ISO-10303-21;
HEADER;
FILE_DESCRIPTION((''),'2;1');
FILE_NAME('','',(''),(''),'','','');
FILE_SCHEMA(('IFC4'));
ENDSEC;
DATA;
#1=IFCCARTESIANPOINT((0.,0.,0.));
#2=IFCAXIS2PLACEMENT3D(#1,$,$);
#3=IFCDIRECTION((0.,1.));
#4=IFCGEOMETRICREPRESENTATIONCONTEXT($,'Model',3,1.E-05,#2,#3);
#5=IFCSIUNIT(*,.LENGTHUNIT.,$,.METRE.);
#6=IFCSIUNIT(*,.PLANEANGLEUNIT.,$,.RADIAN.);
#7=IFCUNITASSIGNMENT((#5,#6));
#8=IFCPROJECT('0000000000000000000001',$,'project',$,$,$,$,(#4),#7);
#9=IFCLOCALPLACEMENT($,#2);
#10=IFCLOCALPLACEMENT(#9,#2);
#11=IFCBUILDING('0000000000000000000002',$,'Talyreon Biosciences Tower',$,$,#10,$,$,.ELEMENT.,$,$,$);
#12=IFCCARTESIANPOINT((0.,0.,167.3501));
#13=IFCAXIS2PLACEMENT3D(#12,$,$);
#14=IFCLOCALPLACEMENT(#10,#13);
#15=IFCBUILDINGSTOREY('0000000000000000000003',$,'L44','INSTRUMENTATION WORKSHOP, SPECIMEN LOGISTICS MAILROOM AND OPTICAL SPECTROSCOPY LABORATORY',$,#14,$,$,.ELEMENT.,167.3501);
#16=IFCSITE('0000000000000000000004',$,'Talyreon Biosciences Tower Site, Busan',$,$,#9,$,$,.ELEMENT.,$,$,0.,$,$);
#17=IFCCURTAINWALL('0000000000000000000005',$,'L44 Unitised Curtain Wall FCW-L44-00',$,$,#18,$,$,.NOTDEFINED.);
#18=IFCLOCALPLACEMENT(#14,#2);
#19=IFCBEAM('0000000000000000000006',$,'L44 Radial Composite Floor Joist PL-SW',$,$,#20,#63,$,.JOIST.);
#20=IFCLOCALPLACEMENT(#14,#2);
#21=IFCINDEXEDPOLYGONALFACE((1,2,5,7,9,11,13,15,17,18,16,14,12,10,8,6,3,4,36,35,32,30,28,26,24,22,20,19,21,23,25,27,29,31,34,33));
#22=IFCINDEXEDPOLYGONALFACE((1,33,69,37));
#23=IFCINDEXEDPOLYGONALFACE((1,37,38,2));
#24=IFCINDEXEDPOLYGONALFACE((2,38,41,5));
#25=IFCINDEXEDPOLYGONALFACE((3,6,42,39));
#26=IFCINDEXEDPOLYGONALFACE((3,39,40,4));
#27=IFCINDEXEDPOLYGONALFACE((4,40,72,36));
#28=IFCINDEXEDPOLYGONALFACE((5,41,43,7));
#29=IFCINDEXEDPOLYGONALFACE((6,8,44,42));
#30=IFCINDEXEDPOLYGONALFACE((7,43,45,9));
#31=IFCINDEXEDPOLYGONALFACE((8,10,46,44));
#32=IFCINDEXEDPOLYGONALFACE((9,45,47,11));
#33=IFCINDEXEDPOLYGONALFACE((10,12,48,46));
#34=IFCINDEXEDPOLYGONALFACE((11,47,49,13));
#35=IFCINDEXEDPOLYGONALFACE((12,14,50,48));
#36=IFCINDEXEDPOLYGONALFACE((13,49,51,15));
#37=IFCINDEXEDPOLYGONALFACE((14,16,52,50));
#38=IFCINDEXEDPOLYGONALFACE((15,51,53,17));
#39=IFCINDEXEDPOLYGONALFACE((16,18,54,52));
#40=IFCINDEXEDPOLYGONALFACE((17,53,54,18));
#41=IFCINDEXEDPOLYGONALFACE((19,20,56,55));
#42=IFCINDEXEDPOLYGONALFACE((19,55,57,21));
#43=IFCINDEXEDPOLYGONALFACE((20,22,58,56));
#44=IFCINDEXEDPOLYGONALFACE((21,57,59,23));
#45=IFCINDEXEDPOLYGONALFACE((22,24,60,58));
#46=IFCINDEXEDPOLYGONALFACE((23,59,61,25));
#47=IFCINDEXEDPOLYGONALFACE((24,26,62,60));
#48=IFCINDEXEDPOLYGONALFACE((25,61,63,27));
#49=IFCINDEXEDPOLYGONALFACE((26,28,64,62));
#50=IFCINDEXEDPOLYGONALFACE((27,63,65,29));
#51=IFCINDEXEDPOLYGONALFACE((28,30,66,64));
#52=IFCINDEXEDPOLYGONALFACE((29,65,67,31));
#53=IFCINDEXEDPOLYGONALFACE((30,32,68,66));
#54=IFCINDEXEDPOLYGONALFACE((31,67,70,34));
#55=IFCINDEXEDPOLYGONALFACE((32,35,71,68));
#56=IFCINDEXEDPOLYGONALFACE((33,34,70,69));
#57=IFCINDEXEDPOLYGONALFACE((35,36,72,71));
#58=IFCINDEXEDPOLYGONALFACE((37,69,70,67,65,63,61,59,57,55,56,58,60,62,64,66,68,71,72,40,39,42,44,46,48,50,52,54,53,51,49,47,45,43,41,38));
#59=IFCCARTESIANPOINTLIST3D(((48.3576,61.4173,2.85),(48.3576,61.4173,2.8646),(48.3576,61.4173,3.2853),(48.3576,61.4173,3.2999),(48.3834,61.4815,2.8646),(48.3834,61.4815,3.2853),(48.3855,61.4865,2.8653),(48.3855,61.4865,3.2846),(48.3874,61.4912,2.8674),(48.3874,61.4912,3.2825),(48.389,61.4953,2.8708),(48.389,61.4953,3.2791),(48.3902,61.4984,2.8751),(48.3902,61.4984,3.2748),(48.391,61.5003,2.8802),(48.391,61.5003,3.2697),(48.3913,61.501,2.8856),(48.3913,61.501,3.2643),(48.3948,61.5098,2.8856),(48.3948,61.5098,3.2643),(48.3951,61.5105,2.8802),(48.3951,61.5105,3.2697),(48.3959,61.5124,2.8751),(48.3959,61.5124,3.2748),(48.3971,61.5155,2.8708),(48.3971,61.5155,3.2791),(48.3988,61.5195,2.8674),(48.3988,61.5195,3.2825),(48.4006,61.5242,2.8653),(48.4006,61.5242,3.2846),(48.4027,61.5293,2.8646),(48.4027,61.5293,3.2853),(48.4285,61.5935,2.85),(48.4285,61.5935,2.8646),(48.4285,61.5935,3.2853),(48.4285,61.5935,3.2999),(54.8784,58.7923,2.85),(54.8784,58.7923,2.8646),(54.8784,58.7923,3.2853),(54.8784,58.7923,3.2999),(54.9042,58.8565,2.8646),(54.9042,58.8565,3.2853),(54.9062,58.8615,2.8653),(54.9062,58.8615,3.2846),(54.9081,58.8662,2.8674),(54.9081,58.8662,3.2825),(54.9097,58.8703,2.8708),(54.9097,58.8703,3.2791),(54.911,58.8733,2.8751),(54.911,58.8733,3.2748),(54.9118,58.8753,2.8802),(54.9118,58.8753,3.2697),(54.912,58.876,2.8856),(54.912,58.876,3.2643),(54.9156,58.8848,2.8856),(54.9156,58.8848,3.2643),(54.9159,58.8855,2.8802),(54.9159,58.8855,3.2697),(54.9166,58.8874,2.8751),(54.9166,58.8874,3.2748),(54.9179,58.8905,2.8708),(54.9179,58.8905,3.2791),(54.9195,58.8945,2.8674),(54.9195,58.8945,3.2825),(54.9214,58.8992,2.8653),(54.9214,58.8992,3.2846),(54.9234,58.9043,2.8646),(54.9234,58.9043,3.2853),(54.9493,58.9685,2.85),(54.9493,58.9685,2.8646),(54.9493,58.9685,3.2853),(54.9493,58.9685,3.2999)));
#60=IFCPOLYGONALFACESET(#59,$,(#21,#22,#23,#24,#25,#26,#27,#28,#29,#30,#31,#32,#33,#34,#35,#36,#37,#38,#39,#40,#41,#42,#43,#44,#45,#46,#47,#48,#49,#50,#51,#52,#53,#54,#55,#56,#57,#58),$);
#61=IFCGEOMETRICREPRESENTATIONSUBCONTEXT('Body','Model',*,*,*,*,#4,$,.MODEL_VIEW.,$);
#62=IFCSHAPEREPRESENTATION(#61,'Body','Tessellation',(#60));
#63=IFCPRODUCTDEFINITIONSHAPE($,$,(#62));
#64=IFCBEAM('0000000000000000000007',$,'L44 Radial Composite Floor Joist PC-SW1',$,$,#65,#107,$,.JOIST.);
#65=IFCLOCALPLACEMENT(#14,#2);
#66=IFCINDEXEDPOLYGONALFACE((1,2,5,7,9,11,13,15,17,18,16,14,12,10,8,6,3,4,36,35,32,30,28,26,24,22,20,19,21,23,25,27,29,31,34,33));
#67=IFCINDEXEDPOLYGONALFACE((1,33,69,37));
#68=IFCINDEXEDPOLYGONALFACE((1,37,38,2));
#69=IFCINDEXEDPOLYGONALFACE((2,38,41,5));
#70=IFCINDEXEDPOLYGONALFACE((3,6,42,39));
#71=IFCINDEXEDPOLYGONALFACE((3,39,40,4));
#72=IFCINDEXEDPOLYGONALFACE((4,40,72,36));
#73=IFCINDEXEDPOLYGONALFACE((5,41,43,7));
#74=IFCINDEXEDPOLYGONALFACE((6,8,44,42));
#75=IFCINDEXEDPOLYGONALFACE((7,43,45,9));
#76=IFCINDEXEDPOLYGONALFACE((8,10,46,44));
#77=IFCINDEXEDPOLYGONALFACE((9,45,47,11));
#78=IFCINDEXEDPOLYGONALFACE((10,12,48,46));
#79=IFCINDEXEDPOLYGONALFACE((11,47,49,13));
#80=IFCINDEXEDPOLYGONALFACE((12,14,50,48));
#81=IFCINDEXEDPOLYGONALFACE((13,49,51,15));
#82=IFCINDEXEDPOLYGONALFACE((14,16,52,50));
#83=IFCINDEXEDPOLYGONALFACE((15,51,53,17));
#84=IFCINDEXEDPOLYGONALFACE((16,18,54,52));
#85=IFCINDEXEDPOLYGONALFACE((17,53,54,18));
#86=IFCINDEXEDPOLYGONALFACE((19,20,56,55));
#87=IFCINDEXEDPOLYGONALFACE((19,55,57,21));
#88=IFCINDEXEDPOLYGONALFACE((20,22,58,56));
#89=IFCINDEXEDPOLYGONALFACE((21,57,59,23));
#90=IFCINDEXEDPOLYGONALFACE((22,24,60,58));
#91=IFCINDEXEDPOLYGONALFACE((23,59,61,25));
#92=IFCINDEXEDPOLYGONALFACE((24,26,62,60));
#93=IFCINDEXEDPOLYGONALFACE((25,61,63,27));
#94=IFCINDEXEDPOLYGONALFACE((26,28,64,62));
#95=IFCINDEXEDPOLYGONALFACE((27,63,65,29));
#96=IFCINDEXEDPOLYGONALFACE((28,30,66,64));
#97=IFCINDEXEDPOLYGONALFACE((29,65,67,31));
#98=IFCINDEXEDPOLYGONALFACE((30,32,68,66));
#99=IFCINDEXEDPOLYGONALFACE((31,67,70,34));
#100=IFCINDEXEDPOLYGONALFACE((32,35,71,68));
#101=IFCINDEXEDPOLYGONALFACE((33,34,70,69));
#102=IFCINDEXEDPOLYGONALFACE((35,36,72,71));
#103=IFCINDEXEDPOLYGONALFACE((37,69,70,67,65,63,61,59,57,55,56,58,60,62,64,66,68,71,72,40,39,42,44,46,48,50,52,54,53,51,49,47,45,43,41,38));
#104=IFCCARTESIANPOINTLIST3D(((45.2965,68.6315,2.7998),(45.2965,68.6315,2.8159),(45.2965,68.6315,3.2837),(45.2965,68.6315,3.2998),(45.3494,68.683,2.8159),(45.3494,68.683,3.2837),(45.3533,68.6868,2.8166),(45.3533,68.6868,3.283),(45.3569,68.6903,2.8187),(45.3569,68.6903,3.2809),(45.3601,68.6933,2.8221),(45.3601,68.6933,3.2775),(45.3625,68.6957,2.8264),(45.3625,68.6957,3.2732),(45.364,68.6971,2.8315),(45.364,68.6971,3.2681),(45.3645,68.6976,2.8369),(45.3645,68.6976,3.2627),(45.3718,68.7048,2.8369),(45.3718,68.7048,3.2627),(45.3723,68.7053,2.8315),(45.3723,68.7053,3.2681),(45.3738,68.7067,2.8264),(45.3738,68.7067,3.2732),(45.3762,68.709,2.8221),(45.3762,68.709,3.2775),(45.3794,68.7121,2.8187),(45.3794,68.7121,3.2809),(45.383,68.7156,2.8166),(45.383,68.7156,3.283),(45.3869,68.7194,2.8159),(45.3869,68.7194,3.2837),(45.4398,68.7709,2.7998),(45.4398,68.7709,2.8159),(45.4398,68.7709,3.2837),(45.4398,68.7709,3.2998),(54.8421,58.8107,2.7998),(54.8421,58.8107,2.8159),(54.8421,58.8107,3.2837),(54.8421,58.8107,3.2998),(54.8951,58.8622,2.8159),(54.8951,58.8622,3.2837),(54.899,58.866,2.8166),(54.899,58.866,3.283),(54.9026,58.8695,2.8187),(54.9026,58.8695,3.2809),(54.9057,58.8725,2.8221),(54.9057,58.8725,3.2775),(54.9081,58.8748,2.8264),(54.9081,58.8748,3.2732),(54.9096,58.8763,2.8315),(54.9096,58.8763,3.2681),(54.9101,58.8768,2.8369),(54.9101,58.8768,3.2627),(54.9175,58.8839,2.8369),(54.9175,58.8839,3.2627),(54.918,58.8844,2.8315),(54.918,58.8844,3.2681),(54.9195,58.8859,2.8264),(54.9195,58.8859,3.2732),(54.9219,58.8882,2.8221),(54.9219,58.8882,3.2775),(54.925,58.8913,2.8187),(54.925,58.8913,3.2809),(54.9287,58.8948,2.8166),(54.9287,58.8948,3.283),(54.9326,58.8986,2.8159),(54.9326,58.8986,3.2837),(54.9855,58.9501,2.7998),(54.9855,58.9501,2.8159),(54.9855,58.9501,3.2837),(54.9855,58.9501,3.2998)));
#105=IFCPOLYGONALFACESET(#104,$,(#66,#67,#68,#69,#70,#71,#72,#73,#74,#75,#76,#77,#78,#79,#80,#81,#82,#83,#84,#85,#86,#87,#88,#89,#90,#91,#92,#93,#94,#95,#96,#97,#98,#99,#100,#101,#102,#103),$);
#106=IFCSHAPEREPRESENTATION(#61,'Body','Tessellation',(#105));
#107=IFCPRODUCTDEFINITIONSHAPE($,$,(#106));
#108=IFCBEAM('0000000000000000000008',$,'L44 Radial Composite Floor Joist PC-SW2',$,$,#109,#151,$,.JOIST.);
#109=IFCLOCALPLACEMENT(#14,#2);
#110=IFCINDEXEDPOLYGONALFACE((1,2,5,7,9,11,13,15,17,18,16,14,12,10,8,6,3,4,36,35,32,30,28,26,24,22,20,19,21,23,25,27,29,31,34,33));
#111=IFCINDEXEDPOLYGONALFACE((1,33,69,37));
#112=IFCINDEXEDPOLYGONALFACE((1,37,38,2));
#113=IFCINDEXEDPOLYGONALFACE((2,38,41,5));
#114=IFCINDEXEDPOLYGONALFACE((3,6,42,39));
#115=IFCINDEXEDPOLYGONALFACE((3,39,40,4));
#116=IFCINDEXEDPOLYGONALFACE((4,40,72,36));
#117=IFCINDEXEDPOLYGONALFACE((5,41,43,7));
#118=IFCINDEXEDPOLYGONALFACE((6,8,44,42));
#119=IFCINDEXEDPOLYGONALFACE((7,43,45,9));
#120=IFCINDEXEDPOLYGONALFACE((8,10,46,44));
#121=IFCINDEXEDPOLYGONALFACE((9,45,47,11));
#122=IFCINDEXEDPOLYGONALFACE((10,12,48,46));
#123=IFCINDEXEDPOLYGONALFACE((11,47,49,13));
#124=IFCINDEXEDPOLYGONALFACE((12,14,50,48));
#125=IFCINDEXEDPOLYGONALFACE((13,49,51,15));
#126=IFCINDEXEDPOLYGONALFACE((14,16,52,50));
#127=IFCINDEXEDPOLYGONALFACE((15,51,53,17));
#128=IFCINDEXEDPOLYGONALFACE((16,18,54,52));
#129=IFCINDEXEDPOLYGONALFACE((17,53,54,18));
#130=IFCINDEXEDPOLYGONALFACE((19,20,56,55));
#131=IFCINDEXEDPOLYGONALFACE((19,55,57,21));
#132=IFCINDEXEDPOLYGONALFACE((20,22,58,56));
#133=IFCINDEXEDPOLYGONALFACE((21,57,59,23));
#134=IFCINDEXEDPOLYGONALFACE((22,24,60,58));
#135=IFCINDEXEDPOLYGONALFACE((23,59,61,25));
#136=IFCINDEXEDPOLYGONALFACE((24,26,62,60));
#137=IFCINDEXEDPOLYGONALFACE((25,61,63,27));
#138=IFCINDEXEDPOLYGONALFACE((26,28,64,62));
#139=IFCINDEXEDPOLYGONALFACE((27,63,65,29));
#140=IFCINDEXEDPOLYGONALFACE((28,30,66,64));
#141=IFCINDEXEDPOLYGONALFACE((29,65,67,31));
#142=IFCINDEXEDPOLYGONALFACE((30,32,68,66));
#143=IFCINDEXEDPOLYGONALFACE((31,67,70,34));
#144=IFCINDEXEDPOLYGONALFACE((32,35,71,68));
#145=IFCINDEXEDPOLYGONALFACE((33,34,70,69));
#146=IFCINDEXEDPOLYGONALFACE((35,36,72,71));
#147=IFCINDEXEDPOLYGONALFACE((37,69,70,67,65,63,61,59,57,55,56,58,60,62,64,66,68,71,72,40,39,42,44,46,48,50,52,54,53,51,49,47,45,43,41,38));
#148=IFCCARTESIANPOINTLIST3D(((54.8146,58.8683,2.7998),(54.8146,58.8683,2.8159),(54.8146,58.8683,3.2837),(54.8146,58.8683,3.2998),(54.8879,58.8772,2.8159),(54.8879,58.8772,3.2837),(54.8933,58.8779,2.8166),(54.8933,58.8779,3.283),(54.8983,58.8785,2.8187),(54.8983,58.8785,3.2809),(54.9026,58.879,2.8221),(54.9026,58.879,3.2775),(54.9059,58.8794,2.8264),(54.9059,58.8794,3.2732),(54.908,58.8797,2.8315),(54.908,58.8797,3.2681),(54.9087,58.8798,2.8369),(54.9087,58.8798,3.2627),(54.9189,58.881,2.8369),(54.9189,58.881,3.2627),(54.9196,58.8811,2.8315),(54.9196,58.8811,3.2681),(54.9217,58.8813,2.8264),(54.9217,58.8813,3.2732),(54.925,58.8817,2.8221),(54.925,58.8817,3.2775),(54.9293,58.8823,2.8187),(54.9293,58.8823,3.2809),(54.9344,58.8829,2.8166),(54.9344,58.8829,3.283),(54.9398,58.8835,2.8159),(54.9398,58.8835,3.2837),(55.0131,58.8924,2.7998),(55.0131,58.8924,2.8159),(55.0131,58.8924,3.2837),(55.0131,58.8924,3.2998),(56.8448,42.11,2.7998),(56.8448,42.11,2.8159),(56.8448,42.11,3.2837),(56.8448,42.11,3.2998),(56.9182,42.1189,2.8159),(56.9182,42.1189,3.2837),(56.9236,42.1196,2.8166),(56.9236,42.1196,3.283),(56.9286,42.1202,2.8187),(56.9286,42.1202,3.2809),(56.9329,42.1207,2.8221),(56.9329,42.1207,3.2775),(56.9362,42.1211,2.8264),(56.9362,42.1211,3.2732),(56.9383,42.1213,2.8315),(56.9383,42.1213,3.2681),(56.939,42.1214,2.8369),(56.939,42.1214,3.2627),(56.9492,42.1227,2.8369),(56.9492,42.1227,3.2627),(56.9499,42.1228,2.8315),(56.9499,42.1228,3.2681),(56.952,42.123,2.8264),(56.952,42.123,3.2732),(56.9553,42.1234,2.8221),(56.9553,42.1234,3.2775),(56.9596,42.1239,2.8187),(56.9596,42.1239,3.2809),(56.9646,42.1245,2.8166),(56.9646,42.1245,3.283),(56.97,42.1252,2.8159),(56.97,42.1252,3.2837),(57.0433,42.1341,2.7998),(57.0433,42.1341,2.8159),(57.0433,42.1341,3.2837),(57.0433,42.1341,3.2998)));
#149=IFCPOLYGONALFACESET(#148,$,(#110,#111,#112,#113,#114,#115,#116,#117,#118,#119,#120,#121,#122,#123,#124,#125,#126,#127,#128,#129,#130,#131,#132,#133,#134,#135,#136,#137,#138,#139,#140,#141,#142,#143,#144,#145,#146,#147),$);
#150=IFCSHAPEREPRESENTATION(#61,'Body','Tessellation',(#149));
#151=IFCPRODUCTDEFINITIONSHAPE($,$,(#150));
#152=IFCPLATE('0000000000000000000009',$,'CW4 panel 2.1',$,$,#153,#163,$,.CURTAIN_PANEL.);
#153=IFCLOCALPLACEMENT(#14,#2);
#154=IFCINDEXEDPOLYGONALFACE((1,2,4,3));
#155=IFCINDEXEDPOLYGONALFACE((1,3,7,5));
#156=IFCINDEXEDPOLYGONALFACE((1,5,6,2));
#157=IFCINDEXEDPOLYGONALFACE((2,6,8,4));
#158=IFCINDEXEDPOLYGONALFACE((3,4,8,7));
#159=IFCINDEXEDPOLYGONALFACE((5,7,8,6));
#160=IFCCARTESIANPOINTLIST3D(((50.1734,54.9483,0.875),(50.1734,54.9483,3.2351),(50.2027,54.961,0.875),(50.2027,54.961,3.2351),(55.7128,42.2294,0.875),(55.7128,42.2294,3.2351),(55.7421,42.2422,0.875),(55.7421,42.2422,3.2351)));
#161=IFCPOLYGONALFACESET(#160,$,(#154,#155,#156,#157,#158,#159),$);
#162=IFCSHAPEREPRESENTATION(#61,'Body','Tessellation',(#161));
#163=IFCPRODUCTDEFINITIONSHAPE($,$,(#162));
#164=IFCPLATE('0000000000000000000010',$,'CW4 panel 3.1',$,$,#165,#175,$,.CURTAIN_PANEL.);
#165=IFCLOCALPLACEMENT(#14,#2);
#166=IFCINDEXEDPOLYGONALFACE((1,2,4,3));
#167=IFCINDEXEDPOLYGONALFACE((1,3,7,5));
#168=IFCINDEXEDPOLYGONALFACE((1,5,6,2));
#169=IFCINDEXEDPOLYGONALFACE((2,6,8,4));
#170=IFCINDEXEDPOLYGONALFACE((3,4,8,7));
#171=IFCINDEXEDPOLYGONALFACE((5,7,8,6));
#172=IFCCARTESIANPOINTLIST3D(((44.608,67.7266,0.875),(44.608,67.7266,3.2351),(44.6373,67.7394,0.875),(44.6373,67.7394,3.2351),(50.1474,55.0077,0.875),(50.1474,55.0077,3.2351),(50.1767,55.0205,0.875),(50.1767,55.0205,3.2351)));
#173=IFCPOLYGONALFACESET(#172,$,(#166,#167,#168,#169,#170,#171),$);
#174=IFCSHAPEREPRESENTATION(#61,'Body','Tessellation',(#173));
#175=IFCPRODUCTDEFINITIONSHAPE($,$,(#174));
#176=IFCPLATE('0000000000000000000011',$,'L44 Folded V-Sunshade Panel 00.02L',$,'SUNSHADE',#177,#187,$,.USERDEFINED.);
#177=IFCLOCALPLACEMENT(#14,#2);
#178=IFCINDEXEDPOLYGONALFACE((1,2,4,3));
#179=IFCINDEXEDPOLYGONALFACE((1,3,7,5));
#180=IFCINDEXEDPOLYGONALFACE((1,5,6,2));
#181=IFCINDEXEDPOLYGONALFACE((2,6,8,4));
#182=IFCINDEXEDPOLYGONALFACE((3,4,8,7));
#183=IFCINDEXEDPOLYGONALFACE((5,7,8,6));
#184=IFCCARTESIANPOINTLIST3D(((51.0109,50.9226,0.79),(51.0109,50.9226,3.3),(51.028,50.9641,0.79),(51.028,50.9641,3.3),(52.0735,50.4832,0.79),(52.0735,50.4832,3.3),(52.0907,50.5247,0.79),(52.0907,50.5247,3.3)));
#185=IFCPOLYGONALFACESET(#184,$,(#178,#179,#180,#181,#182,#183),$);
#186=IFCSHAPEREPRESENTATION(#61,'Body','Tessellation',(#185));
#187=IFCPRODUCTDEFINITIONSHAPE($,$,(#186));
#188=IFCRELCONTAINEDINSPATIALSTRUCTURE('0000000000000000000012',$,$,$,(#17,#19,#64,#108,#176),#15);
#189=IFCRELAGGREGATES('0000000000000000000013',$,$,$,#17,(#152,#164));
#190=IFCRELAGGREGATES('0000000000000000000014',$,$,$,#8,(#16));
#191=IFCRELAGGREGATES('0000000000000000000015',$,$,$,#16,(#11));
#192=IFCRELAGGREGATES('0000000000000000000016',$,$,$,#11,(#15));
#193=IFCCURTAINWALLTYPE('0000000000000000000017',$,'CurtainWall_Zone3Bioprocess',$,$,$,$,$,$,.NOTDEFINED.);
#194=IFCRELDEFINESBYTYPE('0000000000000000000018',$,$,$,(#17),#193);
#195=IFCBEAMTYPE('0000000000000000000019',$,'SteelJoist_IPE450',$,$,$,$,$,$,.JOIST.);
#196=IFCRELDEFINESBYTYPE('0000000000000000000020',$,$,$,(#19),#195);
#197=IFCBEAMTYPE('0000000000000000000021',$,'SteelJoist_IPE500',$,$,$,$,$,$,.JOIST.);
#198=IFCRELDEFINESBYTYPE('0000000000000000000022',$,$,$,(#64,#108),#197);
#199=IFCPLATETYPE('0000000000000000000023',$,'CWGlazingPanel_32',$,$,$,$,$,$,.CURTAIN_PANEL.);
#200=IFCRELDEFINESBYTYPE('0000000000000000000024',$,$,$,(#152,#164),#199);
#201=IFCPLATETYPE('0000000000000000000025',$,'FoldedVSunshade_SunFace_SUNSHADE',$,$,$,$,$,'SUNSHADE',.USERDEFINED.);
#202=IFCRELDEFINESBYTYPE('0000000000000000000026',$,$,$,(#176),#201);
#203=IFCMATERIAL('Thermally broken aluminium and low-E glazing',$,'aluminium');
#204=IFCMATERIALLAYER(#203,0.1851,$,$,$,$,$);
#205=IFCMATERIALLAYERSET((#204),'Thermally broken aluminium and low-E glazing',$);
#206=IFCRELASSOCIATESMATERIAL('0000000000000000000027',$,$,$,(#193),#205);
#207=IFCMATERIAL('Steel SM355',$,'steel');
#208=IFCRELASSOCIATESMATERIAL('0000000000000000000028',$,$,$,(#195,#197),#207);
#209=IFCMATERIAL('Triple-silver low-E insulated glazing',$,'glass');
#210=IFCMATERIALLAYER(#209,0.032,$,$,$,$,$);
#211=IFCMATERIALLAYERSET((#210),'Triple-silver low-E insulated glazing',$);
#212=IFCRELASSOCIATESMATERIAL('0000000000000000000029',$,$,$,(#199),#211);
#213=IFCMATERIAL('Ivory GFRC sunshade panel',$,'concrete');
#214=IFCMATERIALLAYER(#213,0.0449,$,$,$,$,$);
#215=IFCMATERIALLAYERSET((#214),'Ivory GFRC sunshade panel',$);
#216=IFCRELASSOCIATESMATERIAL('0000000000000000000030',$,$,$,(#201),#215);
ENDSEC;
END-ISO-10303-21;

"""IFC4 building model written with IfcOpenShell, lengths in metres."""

from ifc_helpers import new_model, si_unit, direction, frame, origin, origin_2d, place, context, subcontext, project, spatial, rectangle, i_section, extrude, material, layer, layer_set, material_profile, profile_set, type_object, element, aggregate, save


model = new_model("IFC4")

# Units and contexts
model_context = context("Model", 3, precision=1e-05, world=origin(), true_north=direction((0.0, 1.0)))
body_context = subcontext(model_context, "Body", "Model", "MODEL_VIEW")
ifc_project = project(units=[si_unit("LENGTHUNIT", "METRE"), si_unit("PLANEANGLEUNIT", "RADIAN")], contexts=[model_context])

# Site, building, storey
site_placement = place(None, origin())
site = spatial("IfcSite", under=ifc_project, at=site_placement, Name="Talyreon Biosciences Tower Site, Busan", CompositionType="ELEMENT", RefElevation=0.0)
building_placement = place(site_placement, origin())
building = spatial("IfcBuilding", under=site, at=building_placement, Name="Talyreon Biosciences Tower", CompositionType="ELEMENT")
storey_placement = place(building_placement, frame((0.0, 0.0, 167.3501)))
storey = spatial("IfcBuildingStorey", under=building, at=storey_placement, Name="L44", Description="INSTRUMENTATION WORKSHOP, SPECIMEN LOGISTICS MAILROOM AND OPTICAL SPECTROSCOPY LABORATORY", CompositionType="ELEMENT", Elevation=167.3501)

# Curtain wall
ifc_material_1 = material(Name="Thermally broken aluminium and low-E glazing", Category="aluminium")
ifc_layer_1 = layer(ifc_material_1, 0.1851)
ifc_layer_set_1 = layer_set([ifc_layer_1], Name="Thermally broken aluminium and low-E glazing")
curtain_wall_type = type_object("IfcCurtainWallType", Name="CurtainWall_Zone3Bioprocess", PredefinedType="NOTDEFINED", material=ifc_layer_set_1)
curtain_wall_placement = place(storey_placement, origin())
curtain_wall = element("IfcCurtainWall", 1, at=curtain_wall_placement, inside=storey, type_object=curtain_wall_type, Name="L44 Unitised Curtain Wall FCW-L44-00", PredefinedType="NOTDEFINED")

# Beams
ifc_material_2 = material(Name="Steel SM355", Category="steel")
ifc_material_profile_1 = material_profile(ifc_material_2, i_section(OverallWidth=0.1899, OverallDepth=0.45, WebThickness=0.0095, FlangeThickness=0.0146, FilletRadius=0.021, at=origin_2d()), Name="IPE450")
ifc_profile_set_1 = profile_set([ifc_material_profile_1], Name="Steel SM355")
beam_type_1 = type_object("IfcBeamType", Name="SteelJoist_IPE450", PredefinedType="JOIST", material=ifc_profile_set_1)
beam_1_placement = place(storey_placement, frame((54.9138, 58.8804, 3.075), z_axis=(-0.927655, 0.373438, 0.0), x_axis=(-0.373438, -0.927655, 0.0)))
element("IfcBeam", 2, at=beam_1_placement, inside=storey, type_object=beam_type_1, Name="L44 Radial Composite Floor Joist PL-SW", PredefinedType="JOIST", context=body_context, shape_type="SweptSolid", body=[
    extrude(i_section(OverallWidth=0.1899, OverallDepth=0.45, WebThickness=0.0095, FlangeThickness=0.0146, FilletRadius=0.021, at=origin_2d()), origin(), (0.0, 0.0, 1.0), 7.0293),
])
ifc_material_profile_2 = material_profile(ifc_material_2, i_section(OverallWidth=0.2, OverallDepth=0.5, WebThickness=0.0103, FlangeThickness=0.0161, FilletRadius=0.021, at=origin_2d()), Name="IPE500")
ifc_profile_set_2 = profile_set([ifc_material_profile_2], Name="Steel SM355")
beam_type_2 = type_object("IfcBeamType", Name="SteelJoist_IPE500", PredefinedType="JOIST", material=ifc_profile_set_2)
beam_2_placement = place(storey_placement, frame((54.9138, 58.8804, 3.0498), z_axis=(-0.69699, 0.717081, 0.0), x_axis=(-0.717081, -0.69699, 0.0)))
element("IfcBeam", 3, at=beam_2_placement, inside=storey, type_object=beam_type_2, Name="L44 Radial Composite Floor Joist PC-SW1", PredefinedType="JOIST", context=body_context, shape_type="SweptSolid", body=[
    extrude(i_section(OverallWidth=0.2, OverallDepth=0.5, WebThickness=0.0103, FlangeThickness=0.0161, FilletRadius=0.021, at=origin_2d()), origin(), (0.0, 0.0, 1.0), 13.6956),
])
beam_3_placement = place(storey_placement, frame((54.9138, 58.8804, 3.0498), z_axis=(0.120271, -0.992741, 0.0), x_axis=(0.992741, 0.120271, 0.0)))
element("IfcBeam", 4, at=beam_3_placement, inside=storey, type_object=beam_type_2, Name="L44 Radial Composite Floor Joist PC-SW2", PredefinedType="JOIST", context=body_context, shape_type="SweptSolid", body=[
    extrude(i_section(OverallWidth=0.2, OverallDepth=0.5, WebThickness=0.0103, FlangeThickness=0.0161, FilletRadius=0.021, at=origin_2d()), origin(), (0.0, 0.0, 1.0), 16.8809),
])

# Plates
ifc_material_3 = material(Name="Triple-silver low-E insulated glazing", Category="glass")
ifc_layer_2 = layer(ifc_material_3, 0.032)
ifc_layer_set_2 = layer_set([ifc_layer_2], Name="Triple-silver low-E insulated glazing")
plate_type_1 = type_object("IfcPlateType", Name="CWGlazingPanel_32", PredefinedType="CURTAIN_PANEL", material=ifc_layer_set_2)
plate_1_placement = place(storey_placement, frame((52.9578, 48.5952, 0.875), z_axis=(0.0, 0.0, 1.0), x_axis=(-0.3993, 0.91682, 0.0)))
plate_1 = element("IfcPlate", 5, at=plate_1_placement, type_object=plate_type_1, Name="CW4 panel 2.1", PredefinedType="CURTAIN_PANEL", context=body_context, shape_type="SweptSolid", body=[
    extrude(rectangle(XDim=13.8728, YDim=0.032, at=origin_2d()), origin(), (0.0, 0.0, 1.0), 2.3601),
])
plate_2_placement = place(storey_placement, frame((47.3923, 61.3735, 0.875), z_axis=(0.0, 0.0, 1.0), x_axis=(-0.3993, 0.91682, 0.0)))
plate_2 = element("IfcPlate", 6, at=plate_2_placement, type_object=plate_type_1, Name="CW4 panel 3.1", PredefinedType="CURTAIN_PANEL", context=body_context, shape_type="SweptSolid", body=[
    extrude(rectangle(XDim=13.8728, YDim=0.032, at=origin_2d()), origin(), (0.0, 0.0, 1.0), 2.3601),
])
aggregate(curtain_wall, [plate_1, plate_2])

# Plate
ifc_material_4 = material(Name="Ivory GFRC sunshade panel", Category="concrete")
ifc_layer_3 = layer(ifc_material_4, 0.0449)
ifc_layer_set_3 = layer_set([ifc_layer_3], Name="Ivory GFRC sunshade panel")
plate_type_2 = type_object("IfcPlateType", Name="FoldedVSunshade_SunFace_SUNSHADE", ElementType="SUNSHADE", PredefinedType="USERDEFINED", material=ifc_layer_set_3)
for number, where, z_axis, x_axis, name in (
    (7, (51.5508, 50.7236, 0.79), (0.0, 0.0, 1.0), (-0.924106, 0.382135, 0.0), "L44 Folded V-Sunshade Panel 00.02L"),
):
    element("IfcPlate", number, at=place(storey_placement, frame(where, z_axis=z_axis, x_axis=x_axis)), inside=storey, type_object=plate_type_2, Name=name, ObjectType="SUNSHADE", PredefinedType="USERDEFINED", context=body_context, shape_type="SweptSolid", body=[
        extrude(rectangle(XDim=1.1499, YDim=0.0449, at=origin_2d()), origin(), (0.0, 0.0, 1.0), 2.51),
    ])

save(model, "model.ifc")
